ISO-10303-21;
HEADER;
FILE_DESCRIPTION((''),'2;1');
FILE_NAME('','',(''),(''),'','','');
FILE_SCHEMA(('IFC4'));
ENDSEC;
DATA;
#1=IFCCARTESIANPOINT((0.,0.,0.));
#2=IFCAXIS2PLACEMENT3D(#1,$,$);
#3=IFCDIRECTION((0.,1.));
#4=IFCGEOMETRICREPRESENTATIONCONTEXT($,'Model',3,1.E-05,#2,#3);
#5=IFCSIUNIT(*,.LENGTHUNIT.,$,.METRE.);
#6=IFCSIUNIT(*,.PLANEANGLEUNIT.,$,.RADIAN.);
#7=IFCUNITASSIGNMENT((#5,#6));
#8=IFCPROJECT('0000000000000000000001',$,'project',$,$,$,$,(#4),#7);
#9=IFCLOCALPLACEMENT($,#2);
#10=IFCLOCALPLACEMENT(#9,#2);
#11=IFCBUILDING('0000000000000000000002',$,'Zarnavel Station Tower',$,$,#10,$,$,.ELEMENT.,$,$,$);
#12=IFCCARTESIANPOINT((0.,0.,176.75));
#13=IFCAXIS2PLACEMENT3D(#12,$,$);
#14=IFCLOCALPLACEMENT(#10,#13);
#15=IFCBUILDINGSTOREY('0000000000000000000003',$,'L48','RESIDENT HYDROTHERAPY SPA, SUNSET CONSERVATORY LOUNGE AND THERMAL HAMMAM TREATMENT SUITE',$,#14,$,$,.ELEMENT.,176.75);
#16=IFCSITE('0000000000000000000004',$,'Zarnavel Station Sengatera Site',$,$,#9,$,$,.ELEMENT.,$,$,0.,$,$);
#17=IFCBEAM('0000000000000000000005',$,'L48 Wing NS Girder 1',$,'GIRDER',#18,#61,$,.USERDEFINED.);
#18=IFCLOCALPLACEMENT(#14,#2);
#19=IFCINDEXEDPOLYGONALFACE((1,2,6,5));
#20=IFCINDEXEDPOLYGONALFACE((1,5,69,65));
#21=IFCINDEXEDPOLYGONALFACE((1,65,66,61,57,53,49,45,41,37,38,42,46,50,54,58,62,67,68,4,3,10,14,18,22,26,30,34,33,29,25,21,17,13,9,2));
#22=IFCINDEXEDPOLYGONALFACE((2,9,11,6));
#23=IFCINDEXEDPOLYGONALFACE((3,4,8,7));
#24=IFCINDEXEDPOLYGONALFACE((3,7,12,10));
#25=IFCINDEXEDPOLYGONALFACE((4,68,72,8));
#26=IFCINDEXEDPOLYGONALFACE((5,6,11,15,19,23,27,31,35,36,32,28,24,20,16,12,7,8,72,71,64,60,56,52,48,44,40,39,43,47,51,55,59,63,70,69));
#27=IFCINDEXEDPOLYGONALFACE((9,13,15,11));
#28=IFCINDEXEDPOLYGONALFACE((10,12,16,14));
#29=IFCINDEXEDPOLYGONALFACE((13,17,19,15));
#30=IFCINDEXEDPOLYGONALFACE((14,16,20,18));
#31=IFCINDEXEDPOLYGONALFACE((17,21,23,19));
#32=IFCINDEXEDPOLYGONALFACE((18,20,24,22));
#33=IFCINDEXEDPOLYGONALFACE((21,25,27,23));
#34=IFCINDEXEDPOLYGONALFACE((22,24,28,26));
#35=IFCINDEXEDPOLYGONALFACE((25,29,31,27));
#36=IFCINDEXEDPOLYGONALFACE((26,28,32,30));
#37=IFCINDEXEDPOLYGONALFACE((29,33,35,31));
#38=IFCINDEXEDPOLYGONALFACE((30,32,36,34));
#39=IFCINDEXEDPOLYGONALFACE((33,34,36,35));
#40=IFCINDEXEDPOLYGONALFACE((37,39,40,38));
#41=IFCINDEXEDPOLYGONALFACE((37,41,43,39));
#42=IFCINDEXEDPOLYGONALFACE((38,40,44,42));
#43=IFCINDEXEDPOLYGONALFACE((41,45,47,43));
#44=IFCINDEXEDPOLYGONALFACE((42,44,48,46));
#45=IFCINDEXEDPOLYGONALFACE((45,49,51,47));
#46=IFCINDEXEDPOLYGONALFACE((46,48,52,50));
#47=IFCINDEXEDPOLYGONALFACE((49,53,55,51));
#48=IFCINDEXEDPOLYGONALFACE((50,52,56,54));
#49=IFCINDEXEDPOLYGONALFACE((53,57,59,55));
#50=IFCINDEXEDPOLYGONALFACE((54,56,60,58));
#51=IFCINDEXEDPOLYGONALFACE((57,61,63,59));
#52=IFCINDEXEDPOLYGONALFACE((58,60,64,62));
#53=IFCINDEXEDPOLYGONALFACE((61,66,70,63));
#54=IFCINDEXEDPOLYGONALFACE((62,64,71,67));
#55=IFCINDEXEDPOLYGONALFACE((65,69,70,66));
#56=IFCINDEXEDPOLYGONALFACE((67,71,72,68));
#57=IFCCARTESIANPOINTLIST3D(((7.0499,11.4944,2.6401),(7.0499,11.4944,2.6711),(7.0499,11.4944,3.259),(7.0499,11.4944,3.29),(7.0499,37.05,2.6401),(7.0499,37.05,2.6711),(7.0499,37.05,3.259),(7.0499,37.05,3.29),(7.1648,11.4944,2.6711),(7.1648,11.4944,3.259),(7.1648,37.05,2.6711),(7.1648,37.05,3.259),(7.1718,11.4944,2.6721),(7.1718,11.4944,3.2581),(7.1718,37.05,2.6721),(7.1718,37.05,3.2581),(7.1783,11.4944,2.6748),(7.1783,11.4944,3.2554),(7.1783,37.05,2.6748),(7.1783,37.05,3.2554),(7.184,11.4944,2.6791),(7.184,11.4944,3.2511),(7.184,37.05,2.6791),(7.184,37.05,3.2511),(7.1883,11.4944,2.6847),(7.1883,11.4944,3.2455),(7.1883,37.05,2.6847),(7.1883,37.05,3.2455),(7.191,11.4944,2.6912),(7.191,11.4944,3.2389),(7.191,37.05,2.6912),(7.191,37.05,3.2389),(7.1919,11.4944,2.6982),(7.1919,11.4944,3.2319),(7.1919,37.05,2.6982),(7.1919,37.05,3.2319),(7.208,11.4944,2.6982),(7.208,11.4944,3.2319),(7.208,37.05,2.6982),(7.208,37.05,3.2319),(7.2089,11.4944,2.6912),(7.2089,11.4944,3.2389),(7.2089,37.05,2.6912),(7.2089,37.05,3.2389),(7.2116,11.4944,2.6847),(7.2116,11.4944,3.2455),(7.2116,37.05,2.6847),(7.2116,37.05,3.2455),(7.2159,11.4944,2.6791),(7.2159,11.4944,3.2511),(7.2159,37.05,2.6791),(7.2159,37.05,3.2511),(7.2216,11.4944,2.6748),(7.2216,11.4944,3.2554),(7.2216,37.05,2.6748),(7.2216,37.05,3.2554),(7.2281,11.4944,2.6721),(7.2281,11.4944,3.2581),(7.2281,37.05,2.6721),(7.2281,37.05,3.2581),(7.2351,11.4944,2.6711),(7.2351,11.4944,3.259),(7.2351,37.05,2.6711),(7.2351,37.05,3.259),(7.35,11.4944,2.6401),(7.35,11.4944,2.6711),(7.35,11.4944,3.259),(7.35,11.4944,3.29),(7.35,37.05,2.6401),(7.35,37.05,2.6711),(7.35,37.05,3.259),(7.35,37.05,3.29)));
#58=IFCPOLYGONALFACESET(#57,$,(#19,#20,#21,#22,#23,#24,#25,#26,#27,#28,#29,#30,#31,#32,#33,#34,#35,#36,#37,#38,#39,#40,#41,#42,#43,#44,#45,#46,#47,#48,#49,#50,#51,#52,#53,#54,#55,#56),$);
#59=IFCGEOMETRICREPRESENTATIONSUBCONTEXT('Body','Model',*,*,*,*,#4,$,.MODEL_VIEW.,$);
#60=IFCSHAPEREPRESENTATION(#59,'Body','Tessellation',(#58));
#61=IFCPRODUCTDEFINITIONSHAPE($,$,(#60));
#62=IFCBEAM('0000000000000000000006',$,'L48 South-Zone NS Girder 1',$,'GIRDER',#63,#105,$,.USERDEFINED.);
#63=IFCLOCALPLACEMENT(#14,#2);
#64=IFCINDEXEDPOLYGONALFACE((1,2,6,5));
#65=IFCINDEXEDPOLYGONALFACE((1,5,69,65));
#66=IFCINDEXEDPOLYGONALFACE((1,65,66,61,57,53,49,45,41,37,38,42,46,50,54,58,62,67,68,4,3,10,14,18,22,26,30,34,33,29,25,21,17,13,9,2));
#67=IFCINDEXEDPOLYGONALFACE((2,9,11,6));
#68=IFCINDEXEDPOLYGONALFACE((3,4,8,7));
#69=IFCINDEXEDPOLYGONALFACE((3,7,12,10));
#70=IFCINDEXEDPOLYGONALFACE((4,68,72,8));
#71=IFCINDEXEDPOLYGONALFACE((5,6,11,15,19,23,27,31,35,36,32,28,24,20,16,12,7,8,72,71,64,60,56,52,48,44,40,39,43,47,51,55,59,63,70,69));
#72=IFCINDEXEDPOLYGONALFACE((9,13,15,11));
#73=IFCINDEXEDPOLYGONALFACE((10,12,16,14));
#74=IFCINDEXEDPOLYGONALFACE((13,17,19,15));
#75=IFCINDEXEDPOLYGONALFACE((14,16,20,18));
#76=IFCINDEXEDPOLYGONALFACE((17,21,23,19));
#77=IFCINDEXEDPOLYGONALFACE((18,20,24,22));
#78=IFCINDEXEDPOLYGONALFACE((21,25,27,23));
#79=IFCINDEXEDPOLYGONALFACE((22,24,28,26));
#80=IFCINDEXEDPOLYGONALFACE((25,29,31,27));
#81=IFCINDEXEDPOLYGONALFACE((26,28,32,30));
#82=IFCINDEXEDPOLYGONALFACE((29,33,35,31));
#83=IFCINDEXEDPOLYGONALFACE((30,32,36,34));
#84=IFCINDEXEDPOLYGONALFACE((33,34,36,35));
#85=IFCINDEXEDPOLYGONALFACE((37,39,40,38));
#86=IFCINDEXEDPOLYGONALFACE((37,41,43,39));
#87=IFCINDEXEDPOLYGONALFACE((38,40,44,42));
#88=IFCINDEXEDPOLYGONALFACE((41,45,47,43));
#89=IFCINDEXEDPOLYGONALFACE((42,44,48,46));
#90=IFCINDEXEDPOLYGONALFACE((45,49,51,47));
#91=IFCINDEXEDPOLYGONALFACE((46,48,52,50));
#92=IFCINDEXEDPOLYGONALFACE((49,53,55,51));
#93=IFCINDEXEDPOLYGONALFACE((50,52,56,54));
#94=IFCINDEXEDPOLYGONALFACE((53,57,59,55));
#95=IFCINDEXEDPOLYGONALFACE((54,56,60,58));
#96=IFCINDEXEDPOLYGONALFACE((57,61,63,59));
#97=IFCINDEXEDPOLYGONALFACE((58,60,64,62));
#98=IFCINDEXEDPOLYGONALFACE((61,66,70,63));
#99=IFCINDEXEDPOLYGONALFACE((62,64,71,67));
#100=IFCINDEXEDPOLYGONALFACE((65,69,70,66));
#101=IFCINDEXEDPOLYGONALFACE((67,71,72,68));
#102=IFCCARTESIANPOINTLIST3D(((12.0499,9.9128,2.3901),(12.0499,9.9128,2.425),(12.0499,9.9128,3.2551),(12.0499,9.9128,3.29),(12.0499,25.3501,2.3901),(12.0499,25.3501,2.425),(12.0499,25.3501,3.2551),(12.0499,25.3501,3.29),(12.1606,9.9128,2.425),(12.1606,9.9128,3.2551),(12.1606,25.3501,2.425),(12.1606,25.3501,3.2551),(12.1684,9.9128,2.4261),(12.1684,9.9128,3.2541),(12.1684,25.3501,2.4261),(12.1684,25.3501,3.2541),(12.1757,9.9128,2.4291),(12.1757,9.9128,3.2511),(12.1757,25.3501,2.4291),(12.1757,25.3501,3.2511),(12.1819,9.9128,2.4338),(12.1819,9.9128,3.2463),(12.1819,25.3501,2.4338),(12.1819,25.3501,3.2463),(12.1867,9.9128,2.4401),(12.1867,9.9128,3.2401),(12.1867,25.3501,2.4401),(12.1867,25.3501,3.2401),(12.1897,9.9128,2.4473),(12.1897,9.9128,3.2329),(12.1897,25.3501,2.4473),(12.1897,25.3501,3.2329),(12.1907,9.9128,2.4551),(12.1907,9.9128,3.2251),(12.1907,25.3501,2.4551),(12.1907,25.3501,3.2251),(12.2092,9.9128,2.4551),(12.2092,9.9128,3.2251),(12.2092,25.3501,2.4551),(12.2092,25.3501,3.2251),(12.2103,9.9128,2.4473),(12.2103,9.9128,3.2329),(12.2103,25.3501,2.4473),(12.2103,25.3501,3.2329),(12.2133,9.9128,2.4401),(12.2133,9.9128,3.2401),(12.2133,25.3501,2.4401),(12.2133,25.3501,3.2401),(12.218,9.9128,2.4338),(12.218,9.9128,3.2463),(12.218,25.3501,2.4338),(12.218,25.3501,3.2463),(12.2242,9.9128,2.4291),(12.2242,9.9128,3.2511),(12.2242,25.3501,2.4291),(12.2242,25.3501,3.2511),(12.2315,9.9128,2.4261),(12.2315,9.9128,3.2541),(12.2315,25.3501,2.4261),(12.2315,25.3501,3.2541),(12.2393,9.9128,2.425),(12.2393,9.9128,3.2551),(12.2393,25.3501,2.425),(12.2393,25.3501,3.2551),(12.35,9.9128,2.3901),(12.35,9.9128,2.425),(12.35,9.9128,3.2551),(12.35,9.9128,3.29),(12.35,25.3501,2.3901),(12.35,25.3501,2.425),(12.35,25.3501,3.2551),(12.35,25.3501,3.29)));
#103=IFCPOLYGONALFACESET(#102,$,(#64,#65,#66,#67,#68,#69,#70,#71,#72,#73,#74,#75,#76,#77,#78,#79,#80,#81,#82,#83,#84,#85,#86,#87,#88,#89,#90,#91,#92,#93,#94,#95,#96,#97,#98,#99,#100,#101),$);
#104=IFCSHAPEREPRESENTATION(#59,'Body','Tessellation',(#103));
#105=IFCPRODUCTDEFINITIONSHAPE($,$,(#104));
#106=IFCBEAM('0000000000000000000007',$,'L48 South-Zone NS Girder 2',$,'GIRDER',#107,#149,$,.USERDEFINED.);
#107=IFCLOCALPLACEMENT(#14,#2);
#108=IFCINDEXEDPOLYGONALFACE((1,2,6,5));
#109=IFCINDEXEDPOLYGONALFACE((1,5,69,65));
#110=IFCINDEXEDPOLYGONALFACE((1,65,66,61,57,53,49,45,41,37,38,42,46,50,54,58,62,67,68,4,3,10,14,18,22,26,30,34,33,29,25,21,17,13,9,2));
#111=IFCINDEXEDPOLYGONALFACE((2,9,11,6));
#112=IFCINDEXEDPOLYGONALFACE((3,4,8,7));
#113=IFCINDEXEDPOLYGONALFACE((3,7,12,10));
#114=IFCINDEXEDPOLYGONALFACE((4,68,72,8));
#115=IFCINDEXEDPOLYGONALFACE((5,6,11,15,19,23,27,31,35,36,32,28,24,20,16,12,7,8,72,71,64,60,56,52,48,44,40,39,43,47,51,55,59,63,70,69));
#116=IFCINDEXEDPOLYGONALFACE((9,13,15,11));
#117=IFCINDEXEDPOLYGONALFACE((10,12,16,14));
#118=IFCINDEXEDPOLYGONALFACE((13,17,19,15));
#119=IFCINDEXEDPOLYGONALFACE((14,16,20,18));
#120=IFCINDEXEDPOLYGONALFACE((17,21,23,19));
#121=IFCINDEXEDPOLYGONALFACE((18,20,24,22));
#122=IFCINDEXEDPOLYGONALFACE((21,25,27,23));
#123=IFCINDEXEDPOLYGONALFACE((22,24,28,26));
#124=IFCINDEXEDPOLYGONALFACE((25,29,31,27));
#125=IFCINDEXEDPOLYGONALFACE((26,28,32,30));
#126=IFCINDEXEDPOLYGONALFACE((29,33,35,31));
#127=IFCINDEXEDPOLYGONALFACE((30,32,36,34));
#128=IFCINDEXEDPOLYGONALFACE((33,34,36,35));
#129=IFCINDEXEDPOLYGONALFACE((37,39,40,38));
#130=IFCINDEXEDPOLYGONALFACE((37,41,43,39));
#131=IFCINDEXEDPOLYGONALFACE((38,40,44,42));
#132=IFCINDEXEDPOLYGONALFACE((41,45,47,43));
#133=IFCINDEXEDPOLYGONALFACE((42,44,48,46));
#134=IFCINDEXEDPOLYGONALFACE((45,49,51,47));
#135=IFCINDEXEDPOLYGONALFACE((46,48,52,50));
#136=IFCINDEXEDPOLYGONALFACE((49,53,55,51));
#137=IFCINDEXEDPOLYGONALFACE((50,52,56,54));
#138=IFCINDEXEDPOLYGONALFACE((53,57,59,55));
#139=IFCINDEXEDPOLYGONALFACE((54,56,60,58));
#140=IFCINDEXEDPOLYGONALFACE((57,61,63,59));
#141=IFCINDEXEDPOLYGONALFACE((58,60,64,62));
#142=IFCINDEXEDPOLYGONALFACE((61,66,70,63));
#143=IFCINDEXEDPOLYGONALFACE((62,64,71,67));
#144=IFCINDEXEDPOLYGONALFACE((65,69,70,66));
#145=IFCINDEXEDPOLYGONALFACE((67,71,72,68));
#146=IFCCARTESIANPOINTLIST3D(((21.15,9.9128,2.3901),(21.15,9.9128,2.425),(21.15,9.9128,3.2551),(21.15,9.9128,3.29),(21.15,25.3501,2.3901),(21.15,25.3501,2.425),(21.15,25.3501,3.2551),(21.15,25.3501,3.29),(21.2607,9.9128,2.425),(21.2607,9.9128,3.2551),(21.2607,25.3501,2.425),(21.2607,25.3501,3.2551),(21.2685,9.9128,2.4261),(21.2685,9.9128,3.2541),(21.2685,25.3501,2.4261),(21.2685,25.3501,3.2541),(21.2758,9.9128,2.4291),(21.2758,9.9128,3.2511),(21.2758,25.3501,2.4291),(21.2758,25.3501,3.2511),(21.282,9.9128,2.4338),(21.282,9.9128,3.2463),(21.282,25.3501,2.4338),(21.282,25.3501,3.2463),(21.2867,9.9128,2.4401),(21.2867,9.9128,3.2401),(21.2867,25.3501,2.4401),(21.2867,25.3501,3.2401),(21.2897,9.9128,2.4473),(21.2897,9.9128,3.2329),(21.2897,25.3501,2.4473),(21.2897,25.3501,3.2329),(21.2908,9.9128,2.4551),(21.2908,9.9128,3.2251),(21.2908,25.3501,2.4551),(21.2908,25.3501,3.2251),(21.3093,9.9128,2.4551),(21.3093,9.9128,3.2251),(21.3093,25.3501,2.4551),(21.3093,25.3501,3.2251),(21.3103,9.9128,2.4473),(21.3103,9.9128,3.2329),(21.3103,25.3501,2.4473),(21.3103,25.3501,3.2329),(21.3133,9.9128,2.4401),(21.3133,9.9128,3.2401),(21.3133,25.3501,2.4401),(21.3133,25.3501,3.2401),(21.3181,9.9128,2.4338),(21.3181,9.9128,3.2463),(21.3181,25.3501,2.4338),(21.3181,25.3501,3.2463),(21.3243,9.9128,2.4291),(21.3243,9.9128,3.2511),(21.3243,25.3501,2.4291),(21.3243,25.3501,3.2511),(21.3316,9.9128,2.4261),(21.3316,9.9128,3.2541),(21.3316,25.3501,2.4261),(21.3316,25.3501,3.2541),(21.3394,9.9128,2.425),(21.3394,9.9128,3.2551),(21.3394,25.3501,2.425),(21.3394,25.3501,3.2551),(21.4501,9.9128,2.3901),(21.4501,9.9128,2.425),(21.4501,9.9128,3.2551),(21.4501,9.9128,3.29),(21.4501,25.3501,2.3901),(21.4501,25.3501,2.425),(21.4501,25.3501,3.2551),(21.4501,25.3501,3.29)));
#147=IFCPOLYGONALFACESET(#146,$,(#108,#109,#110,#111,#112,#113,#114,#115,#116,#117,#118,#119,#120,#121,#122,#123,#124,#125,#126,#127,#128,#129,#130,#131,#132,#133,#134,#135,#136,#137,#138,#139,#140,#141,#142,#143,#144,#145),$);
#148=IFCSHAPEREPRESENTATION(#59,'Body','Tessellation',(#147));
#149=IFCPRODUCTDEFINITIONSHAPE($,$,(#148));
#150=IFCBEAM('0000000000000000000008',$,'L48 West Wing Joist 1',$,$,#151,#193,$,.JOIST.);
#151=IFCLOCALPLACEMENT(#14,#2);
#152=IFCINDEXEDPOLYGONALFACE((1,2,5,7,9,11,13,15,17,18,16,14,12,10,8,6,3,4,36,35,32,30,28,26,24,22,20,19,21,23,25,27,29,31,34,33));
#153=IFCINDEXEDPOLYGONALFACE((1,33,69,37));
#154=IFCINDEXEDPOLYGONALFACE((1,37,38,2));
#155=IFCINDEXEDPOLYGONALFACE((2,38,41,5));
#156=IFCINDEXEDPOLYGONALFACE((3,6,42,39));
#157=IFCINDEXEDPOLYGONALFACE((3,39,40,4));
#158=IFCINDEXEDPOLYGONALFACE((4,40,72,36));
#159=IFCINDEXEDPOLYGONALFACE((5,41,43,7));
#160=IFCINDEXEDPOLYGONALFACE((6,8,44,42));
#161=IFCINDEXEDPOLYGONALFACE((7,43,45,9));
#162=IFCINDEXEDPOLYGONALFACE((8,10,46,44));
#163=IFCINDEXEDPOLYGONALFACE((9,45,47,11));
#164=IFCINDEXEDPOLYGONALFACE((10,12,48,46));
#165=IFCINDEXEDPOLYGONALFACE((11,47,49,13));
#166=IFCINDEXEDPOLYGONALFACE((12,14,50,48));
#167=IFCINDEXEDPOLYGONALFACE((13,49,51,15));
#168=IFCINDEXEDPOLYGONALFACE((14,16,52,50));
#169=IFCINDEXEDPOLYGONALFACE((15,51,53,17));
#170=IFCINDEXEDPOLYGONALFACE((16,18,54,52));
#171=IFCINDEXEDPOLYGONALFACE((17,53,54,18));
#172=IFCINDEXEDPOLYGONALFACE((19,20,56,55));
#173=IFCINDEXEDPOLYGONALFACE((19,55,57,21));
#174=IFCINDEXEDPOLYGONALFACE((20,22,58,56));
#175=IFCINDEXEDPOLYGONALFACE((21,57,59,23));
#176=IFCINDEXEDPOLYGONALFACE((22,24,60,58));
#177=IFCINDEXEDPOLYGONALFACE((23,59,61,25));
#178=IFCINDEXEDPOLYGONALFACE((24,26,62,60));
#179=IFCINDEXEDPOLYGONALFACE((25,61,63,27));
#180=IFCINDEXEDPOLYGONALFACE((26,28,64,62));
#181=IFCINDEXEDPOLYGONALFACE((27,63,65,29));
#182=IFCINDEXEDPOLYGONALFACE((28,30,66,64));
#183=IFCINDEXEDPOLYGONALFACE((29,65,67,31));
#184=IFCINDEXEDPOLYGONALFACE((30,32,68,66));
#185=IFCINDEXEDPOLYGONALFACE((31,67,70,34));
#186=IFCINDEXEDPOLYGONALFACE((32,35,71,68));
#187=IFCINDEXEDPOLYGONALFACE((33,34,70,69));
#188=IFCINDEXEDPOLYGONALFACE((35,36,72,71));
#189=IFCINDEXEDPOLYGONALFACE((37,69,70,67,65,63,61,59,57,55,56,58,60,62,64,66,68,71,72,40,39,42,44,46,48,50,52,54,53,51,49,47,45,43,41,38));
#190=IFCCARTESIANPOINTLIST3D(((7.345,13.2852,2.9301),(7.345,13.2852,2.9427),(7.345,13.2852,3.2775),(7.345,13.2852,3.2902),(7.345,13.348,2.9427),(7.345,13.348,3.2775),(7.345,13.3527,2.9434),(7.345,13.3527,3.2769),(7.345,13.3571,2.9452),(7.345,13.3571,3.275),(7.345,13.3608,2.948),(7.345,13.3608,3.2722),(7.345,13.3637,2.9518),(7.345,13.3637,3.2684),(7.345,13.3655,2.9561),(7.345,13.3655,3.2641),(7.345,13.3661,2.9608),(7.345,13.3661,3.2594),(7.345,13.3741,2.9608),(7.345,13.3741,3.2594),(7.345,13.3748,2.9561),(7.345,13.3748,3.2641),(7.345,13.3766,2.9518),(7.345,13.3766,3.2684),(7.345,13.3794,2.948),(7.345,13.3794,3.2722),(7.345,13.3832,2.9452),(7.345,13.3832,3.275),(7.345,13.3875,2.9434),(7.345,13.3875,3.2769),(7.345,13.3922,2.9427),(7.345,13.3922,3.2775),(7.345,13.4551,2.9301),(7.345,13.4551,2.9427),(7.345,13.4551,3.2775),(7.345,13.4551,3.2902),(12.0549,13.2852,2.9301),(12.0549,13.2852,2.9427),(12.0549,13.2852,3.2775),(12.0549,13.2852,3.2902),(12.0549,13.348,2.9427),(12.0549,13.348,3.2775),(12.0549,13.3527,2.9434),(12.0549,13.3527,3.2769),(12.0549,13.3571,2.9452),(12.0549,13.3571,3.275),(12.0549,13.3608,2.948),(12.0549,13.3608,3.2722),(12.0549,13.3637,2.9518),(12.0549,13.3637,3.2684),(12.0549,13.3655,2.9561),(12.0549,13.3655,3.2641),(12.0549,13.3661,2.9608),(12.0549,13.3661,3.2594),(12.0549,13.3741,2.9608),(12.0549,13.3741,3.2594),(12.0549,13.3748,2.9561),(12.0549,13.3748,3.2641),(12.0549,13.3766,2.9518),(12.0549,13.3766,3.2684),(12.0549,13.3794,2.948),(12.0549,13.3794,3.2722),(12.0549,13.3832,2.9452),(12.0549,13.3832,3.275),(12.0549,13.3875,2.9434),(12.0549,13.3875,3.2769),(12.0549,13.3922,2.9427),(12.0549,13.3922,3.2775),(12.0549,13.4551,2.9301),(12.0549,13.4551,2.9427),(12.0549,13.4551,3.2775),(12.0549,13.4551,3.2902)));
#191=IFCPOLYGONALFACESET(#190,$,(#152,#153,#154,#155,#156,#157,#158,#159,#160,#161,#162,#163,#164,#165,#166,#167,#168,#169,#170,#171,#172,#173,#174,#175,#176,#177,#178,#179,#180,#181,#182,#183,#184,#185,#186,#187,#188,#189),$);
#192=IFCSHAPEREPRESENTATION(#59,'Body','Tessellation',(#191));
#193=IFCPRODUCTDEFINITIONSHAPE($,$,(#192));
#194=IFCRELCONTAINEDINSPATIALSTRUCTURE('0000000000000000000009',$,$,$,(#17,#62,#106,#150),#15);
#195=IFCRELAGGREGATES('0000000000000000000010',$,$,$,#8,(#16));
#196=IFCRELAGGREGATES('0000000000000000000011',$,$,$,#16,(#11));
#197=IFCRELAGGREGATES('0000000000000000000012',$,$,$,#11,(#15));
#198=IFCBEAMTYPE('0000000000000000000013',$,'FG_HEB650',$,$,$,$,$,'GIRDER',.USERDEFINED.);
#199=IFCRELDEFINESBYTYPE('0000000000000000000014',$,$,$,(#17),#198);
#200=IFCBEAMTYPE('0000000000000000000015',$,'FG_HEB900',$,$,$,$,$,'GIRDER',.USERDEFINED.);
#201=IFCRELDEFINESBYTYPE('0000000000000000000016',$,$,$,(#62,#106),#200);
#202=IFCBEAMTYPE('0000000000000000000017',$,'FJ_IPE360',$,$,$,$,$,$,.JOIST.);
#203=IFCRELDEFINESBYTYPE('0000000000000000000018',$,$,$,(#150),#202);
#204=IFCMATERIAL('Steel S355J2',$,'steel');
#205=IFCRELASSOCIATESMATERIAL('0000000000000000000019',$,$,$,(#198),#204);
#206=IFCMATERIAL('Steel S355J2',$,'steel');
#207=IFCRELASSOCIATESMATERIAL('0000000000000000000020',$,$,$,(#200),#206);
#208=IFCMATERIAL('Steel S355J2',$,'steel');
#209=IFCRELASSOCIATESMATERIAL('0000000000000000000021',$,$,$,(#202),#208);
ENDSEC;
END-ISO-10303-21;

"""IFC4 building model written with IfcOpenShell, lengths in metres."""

from ifc_helpers import new_model, si_unit, direction, frame, origin, origin_2d, place, context, subcontext, project, spatial, i_section, extrude, material, material_profile, profile_set, type_object, element, save


model = new_model("IFC4")

# Units and contexts
model_context = context("Model", 3, precision=1e-05, world=origin(), true_north=direction((0.0, 1.0)))
body_context = subcontext(model_context, "Body", "Model", "MODEL_VIEW")
ifc_project = project(units=[si_unit("LENGTHUNIT", "METRE"), si_unit("PLANEANGLEUNIT", "RADIAN")], contexts=[model_context])

# Site, building, storey
site_placement = place(None, origin())
site = spatial("IfcSite", under=ifc_project, at=site_placement, Name="Zarnavel Station Sengatera Site", CompositionType="ELEMENT", RefElevation=0.0)
building_placement = place(site_placement, origin())
building = spatial("IfcBuilding", under=site, at=building_placement, Name="Zarnavel Station Tower", CompositionType="ELEMENT")
storey_placement = place(building_placement, frame((0.0, 0.0, 176.75)))
storey = spatial("IfcBuildingStorey", under=building, at=storey_placement, Name="L48", Description="RESIDENT HYDROTHERAPY SPA, SUNSET CONSERVATORY LOUNGE AND THERMAL HAMMAM TREATMENT SUITE", CompositionType="ELEMENT", Elevation=176.75)

# Beams
ifc_material_1 = material(Name="Steel S355J2", Category="steel")
ifc_material_profile_1 = material_profile(ifc_material_1, i_section(OverallWidth=0.3, OverallDepth=0.6499, WebThickness=0.0161, FlangeThickness=0.031, FilletRadius=0.0271, at=origin_2d()), Name="HEB650")
ifc_profile_set_1 = profile_set([ifc_material_profile_1], Name="Steel S355J2")
beam_type_1 = type_object("IfcBeamType", Name="FG_HEB650", ElementType="GIRDER", PredefinedType="USERDEFINED", material=ifc_profile_set_1)
beam_1_placement = place(storey_placement, frame((7.2, 11.4944, 2.9651), z_axis=(0.0, 1.0, 0.0), x_axis=(-1.0, 0.0, 0.0)))
element("IfcBeam", 1, at=beam_1_placement, inside=storey, type_object=beam_type_1, Name="L48 Wing NS Girder 1", ObjectType="GIRDER", PredefinedType="USERDEFINED", context=body_context, shape_type="SweptSolid", body=[
    extrude(i_section(OverallWidth=0.3, OverallDepth=0.6499, WebThickness=0.0161, FlangeThickness=0.031, FilletRadius=0.0271, at=origin_2d()), origin(), (0.0, 0.0, 1.0), 25.5557),
])
ifc_material_2 = material(Name="Steel S355J2", Category="steel")
ifc_material_profile_2 = material_profile(ifc_material_2, i_section(OverallWidth=0.3, OverallDepth=0.8999, WebThickness=0.0186, FlangeThickness=0.0349, FilletRadius=0.03, at=origin_2d()), Name="HEB900")
ifc_profile_set_2 = profile_set([ifc_material_profile_2], Name="Steel S355J2")
beam_type_2 = type_object("IfcBeamType", Name="FG_HEB900", ElementType="GIRDER", PredefinedType="USERDEFINED", material=ifc_profile_set_2)
for number, where, z_axis, x_axis, name in (
    (2, (12.2, 9.9128, 2.8401), (0.0, 1.0, 0.0), (-1.0, 0.0, 0.0), "L48 South-Zone NS Girder 1"),
    (3, (21.3, 9.9128, 2.8401), (0.0, 1.0, 0.0), (-1.0, 0.0, 0.0), "L48 South-Zone NS Girder 2"),
):
    element("IfcBeam", number, at=place(storey_placement, frame(where, z_axis=z_axis, x_axis=x_axis)), inside=storey, type_object=beam_type_2, Name=name, ObjectType="GIRDER", PredefinedType="USERDEFINED", context=body_context, shape_type="SweptSolid", body=[
        extrude(i_section(OverallWidth=0.3, OverallDepth=0.8999, WebThickness=0.0186, FlangeThickness=0.0349, FilletRadius=0.03, at=origin_2d()), origin(), (0.0, 0.0, 1.0), 15.4373),
    ])
ifc_material_3 = material(Name="Steel S355J2", Category="steel")
ifc_material_profile_3 = material_profile(ifc_material_3, i_section(OverallWidth=0.1699, OverallDepth=0.3601, WebThickness=0.0081, FlangeThickness=0.0127, FilletRadius=0.0181, at=origin_2d()), Name="IPE360")
ifc_profile_set_3 = profile_set([ifc_material_profile_3], Name="Steel S355J2")
beam_type_3 = type_object("IfcBeamType", Name="FJ_IPE360", PredefinedType="JOIST", material=ifc_profile_set_3)
for number, where, z_axis, x_axis, name in (
    (4, (7.345, 13.3701, 3.1101), (1.0, 0.0, 0.0), (0.0, 1.0, 0.0), "L48 West Wing Joist 1"),
):
    element("IfcBeam", number, at=place(storey_placement, frame(where, z_axis=z_axis, x_axis=x_axis)), inside=storey, type_object=beam_type_3, Name=name, PredefinedType="JOIST", context=body_context, shape_type="SweptSolid", body=[
        extrude(i_section(OverallWidth=0.1699, OverallDepth=0.3601, WebThickness=0.0081, FlangeThickness=0.0127, FilletRadius=0.0181, at=origin_2d()), origin(), (0.0, 0.0, 1.0), 4.71),
    ])

save(model, "model.ifc")
